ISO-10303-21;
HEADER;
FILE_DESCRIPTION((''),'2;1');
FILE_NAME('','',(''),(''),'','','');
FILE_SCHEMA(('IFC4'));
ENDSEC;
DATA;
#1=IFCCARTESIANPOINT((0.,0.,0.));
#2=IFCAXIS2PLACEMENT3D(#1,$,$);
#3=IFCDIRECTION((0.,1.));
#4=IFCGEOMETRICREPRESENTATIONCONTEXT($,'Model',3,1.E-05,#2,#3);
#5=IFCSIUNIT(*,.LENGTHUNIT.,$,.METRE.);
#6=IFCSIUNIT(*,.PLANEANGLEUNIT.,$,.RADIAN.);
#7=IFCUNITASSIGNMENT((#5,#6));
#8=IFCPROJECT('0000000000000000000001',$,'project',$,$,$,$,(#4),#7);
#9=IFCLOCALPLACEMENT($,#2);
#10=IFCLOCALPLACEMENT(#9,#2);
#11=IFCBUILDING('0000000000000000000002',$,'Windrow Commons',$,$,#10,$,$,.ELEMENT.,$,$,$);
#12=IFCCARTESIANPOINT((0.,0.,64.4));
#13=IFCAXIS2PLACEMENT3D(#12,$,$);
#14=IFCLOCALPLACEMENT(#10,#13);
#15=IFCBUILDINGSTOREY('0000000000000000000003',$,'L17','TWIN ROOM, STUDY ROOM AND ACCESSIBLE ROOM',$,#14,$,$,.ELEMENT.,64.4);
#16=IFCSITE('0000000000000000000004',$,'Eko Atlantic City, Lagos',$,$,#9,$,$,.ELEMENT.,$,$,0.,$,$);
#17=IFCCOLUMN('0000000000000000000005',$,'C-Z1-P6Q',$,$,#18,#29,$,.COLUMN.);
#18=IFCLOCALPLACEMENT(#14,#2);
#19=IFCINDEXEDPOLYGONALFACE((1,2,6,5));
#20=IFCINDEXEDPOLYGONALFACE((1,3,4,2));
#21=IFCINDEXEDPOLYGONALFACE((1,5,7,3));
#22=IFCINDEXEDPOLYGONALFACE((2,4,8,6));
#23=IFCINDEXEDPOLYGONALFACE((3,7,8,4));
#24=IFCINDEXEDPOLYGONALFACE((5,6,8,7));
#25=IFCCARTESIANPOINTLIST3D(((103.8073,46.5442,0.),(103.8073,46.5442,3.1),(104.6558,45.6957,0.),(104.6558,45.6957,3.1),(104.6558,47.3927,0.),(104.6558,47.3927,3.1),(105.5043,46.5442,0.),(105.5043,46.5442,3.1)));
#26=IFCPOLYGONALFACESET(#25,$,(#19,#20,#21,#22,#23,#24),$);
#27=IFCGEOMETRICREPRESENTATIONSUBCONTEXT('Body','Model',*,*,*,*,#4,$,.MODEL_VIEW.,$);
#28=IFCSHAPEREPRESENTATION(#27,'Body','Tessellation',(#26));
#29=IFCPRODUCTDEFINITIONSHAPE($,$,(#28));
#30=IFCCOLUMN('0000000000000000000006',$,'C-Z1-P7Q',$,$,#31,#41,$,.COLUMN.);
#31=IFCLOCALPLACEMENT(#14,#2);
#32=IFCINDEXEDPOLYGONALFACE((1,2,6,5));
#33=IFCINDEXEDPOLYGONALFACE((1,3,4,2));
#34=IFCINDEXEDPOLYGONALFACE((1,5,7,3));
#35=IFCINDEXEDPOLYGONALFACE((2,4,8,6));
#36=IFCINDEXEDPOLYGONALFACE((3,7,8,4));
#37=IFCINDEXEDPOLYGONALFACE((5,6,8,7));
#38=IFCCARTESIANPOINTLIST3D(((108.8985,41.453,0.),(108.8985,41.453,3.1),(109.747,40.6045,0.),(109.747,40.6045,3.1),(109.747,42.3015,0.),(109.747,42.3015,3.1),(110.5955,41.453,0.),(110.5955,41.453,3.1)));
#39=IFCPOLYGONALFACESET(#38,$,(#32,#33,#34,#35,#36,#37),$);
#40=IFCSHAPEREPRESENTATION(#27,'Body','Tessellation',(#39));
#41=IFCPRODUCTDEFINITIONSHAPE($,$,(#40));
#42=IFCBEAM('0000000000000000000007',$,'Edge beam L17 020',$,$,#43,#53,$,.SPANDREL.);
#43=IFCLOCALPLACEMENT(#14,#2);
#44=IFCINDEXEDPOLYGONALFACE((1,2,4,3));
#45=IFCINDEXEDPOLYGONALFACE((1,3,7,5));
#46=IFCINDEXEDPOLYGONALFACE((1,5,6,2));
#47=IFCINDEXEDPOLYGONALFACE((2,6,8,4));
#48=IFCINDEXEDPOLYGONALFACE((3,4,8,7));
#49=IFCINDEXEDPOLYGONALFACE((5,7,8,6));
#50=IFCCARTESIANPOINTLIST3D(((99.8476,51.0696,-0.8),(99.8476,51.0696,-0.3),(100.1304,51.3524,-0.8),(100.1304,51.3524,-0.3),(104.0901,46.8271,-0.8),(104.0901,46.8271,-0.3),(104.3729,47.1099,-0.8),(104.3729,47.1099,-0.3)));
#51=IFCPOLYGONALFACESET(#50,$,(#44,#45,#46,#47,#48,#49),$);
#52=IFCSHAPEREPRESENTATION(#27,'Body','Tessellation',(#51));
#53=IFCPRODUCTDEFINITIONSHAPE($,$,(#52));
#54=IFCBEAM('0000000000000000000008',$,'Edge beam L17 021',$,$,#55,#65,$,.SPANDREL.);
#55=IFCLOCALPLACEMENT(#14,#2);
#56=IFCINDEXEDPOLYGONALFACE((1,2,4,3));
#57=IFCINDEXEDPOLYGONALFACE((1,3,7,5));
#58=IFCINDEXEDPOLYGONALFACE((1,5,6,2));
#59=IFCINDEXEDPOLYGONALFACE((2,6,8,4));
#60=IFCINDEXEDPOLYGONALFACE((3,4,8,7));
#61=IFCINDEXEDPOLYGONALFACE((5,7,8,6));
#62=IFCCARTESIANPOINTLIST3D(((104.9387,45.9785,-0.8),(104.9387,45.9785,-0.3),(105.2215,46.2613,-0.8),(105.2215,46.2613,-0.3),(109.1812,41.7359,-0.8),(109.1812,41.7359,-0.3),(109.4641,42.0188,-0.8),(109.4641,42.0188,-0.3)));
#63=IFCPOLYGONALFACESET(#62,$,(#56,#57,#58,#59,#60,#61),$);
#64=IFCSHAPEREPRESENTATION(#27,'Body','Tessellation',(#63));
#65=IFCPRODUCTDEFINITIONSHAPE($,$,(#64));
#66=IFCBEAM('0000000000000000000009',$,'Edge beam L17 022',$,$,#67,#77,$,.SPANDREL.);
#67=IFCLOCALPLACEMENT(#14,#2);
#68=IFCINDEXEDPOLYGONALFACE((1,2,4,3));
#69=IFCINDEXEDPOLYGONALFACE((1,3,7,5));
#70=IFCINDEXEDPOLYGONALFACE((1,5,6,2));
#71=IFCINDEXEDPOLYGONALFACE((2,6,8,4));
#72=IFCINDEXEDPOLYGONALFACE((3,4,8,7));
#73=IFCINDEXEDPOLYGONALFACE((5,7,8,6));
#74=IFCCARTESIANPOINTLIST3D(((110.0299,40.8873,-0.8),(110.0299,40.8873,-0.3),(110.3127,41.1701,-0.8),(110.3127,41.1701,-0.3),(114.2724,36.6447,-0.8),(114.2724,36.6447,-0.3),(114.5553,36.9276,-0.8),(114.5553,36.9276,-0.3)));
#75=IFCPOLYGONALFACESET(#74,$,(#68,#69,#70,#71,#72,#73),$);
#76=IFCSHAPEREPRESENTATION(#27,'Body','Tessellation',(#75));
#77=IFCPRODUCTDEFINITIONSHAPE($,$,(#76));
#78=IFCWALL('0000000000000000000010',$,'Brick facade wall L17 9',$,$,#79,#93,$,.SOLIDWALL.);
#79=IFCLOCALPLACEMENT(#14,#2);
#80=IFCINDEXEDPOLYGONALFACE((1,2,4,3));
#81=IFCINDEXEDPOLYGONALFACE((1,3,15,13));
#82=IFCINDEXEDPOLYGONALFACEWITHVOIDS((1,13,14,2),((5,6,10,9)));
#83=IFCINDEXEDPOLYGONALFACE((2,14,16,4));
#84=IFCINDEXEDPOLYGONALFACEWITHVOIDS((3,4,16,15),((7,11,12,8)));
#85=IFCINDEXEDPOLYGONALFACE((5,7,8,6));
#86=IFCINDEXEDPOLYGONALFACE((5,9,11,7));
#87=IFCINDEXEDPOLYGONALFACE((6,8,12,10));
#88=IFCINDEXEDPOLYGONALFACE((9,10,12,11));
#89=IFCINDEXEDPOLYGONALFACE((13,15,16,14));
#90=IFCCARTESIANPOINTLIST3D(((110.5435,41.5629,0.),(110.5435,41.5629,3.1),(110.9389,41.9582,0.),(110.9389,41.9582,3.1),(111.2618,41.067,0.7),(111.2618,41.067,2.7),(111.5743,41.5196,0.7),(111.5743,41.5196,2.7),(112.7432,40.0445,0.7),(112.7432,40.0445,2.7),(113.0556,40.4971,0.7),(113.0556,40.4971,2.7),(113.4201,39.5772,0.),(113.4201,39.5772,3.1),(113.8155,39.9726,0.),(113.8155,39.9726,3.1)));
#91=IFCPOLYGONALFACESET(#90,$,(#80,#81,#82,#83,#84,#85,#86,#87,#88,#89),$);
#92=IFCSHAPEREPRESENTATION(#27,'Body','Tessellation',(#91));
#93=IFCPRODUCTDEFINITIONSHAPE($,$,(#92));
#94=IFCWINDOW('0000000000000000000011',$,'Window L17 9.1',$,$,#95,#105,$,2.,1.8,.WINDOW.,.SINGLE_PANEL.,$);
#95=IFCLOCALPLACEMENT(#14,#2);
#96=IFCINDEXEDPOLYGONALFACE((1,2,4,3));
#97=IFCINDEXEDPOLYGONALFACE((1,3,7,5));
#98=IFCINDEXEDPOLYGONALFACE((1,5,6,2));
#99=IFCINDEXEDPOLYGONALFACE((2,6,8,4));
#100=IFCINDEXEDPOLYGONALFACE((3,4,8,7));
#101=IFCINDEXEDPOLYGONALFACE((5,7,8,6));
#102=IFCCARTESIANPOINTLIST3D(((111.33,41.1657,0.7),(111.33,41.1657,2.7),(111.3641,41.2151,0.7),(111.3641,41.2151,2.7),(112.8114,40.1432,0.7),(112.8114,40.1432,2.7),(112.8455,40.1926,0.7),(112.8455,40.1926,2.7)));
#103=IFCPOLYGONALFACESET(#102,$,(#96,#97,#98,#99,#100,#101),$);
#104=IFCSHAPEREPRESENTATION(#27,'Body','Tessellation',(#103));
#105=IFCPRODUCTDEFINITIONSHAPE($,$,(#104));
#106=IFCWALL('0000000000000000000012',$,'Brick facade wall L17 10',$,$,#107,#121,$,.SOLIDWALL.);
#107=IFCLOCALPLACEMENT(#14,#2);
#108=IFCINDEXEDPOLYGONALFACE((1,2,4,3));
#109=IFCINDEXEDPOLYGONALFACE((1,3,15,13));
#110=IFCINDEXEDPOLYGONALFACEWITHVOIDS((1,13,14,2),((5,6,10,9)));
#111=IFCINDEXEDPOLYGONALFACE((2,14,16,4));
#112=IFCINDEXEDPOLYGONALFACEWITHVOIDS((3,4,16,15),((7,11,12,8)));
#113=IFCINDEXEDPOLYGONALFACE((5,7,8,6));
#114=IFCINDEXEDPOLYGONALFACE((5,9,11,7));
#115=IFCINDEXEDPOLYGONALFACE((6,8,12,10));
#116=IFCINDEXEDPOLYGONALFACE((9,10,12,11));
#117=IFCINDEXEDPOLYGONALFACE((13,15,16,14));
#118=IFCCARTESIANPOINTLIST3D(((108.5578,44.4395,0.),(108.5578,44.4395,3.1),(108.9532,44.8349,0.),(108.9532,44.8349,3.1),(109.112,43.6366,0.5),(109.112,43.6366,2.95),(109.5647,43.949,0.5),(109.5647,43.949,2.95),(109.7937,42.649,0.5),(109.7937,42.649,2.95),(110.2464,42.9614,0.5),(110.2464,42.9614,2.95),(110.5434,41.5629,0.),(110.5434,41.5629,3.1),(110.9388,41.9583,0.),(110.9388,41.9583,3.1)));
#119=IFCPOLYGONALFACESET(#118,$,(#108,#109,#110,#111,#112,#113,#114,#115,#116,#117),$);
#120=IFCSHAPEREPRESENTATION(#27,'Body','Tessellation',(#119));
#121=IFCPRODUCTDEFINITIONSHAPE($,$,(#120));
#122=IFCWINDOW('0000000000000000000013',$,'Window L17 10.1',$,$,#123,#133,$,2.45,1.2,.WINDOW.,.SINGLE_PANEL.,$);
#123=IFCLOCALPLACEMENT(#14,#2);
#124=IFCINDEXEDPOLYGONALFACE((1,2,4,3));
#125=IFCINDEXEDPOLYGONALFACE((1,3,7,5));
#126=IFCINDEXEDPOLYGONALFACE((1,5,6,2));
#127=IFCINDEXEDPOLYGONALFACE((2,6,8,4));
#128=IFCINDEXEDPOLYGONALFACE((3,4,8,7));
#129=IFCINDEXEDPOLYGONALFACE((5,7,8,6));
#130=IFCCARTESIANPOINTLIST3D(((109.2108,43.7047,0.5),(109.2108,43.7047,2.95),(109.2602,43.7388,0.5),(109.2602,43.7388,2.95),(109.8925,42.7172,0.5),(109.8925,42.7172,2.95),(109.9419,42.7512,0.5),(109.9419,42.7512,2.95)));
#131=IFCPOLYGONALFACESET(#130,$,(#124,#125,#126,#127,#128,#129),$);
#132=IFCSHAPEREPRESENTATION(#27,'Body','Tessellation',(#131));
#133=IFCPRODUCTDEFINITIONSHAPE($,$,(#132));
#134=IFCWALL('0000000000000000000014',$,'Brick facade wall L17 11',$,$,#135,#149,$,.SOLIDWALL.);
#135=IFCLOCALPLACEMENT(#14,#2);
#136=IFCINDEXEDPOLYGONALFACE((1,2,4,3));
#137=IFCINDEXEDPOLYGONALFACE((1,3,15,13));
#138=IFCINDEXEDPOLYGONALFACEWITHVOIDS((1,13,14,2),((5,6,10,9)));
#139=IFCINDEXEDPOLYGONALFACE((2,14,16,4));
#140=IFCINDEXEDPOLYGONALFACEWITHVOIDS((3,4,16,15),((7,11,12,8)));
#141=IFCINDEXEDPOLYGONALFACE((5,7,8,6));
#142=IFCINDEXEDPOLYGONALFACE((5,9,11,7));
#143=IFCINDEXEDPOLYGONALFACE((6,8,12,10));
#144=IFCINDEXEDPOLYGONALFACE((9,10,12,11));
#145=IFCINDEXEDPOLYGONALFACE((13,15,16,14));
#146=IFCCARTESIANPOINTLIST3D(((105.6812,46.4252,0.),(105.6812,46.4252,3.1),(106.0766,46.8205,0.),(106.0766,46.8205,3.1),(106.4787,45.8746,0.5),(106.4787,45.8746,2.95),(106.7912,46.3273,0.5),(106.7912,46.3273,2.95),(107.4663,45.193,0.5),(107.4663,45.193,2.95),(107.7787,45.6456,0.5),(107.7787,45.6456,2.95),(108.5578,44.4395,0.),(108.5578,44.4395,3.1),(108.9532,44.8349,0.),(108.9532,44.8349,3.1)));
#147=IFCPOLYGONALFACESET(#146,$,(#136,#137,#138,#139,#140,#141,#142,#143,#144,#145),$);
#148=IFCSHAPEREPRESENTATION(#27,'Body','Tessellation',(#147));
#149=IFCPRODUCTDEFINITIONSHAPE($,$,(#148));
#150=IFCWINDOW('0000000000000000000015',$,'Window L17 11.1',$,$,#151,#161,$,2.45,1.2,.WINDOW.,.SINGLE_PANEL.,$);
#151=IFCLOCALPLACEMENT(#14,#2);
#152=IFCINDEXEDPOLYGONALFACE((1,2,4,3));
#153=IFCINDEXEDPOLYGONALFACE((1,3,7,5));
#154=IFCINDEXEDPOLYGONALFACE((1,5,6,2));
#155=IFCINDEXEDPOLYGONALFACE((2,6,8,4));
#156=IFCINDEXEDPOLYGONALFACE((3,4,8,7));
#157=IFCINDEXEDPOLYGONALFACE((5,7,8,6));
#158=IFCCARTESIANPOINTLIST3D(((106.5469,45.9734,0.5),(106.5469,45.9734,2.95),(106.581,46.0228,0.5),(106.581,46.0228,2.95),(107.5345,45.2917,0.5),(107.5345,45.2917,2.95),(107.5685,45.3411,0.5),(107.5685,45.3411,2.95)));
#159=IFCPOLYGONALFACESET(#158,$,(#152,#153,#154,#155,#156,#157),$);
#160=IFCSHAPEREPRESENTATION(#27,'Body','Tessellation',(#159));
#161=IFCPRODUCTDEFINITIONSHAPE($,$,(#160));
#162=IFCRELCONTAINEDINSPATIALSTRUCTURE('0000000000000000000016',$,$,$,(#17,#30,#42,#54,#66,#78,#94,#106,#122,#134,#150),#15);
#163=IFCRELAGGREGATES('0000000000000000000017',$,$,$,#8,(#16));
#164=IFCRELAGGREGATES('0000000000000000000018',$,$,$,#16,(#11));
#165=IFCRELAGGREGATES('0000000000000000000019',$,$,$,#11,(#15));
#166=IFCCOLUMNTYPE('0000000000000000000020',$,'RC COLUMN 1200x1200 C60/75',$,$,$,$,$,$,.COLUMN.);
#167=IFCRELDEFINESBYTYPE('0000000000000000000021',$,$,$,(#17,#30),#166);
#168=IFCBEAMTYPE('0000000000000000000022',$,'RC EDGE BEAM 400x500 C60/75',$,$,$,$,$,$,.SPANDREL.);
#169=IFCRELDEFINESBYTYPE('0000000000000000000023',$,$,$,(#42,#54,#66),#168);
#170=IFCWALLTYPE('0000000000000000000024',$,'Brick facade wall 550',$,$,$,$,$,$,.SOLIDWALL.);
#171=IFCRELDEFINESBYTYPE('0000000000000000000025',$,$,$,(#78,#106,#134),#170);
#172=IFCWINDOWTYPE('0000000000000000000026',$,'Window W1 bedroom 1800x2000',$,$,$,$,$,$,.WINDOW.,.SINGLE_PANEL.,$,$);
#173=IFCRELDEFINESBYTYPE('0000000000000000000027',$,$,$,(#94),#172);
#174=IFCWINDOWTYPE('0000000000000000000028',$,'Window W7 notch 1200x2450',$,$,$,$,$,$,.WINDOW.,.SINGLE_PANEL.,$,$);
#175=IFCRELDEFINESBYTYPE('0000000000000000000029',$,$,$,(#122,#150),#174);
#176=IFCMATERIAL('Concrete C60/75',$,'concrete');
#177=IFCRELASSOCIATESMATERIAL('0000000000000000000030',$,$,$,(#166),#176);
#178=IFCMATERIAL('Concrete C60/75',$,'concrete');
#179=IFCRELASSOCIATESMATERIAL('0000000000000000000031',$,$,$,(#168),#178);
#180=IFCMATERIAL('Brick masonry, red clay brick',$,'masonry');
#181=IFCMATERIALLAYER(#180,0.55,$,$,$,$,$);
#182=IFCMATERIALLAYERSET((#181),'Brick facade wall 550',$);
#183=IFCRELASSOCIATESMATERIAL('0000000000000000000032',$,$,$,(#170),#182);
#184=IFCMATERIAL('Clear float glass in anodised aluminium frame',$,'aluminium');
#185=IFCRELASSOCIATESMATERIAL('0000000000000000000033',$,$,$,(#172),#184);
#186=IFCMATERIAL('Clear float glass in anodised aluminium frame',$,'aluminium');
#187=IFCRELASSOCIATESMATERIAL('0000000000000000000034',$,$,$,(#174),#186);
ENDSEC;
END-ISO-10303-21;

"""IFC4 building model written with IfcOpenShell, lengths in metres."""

from ifc_helpers import new_model, si_unit, direction, frame, frame_2d, origin, origin_2d, place, context, subcontext, project, spatial, polyline, rectangle, outline, extrude, material, layer, layer_set, material_profile, profile_set, type_object, element, fill, save


model = new_model("IFC4")

# Units and contexts
model_context = context("Model", 3, precision=1e-05, world=origin(), true_north=direction((0.0, 1.0)))
body_context = subcontext(model_context, "Body", "Model", "MODEL_VIEW")
ifc_project = project(units=[si_unit("LENGTHUNIT", "METRE"), si_unit("PLANEANGLEUNIT", "RADIAN")], contexts=[model_context])

# Site, building, storey
site_placement = place(None, origin())
site = spatial("IfcSite", under=ifc_project, at=site_placement, Name="Eko Atlantic City, Lagos", CompositionType="ELEMENT", RefElevation=0.0)
building_placement = place(site_placement, origin())
building = spatial("IfcBuilding", under=site, at=building_placement, Name="Windrow Commons", CompositionType="ELEMENT")
storey_placement = place(building_placement, frame((0.0, 0.0, 64.4)))
storey = spatial("IfcBuildingStorey", under=building, at=storey_placement, Name="L17", Description="TWIN ROOM, STUDY ROOM AND ACCESSIBLE ROOM", CompositionType="ELEMENT", Elevation=64.4)

# Columns
ifc_material_1 = material(Name="Concrete C60/75", Category="concrete")
ifc_material_profile_1 = material_profile(ifc_material_1, rectangle(XDim=1.2, YDim=1.2, at=origin_2d()))
ifc_profile_set_1 = profile_set([ifc_material_profile_1], Name="Concrete C60/75")
column_type = type_object("IfcColumnType", Name="RC COLUMN 1200x1200 C60/75", PredefinedType="COLUMN", material=ifc_profile_set_1)
for number, where, z_axis, x_axis, name in (
    (1, (104.6558, 46.5442, 0.0), (0.0, 0.0, 1.0), (0.707107, -0.707107, 0.0), "C-Z1-P6Q"),
    (2, (109.747, 41.453, 0.0), (0.0, 0.0, 1.0), (0.707107, -0.707107, 0.0), "C-Z1-P7Q"),
):
    element("IfcColumn", number, at=place(storey_placement, frame(where, z_axis=z_axis, x_axis=x_axis)), inside=storey, type_object=column_type, Name=name, PredefinedType="COLUMN", context=body_context, shape_type="SweptSolid", body=[
        extrude(rectangle(XDim=1.2, YDim=1.2, at=origin_2d()), origin(), (0.0, 0.0, 1.0), 3.1),
    ])

# Beams
ifc_material_2 = material(Name="Concrete C60/75", Category="concrete")
ifc_material_profile_2 = material_profile(ifc_material_2, rectangle(XDim=0.4, YDim=0.5, at=origin_2d()))
ifc_profile_set_2 = profile_set([ifc_material_profile_2], Name="Concrete C60/75")
beam_type = type_object("IfcBeamType", Name="RC EDGE BEAM 400x500 C60/75", PredefinedType="SPANDREL", material=ifc_profile_set_2)
beam_placement = place(storey_placement, frame((99.989, 51.211, -0.55), z_axis=(0.707107, -0.707107, 0.0), x_axis=(0.707107, 0.707107, 0.0)))
element("IfcBeam", 3, at=beam_placement, inside=storey, type_object=beam_type, Name="Edge beam L17 020", PredefinedType="SPANDREL", context=body_context, shape_type="SweptSolid", body=[
    extrude(rectangle(XDim=0.4, YDim=0.5, at=origin_2d()), origin(), (0.0, 0.0, 1.0), 5.9998),
])
for number, where, z_axis, x_axis, name in (
    (4, (105.0801, 46.1199, -0.55), (0.707107, -0.707107, 0.0), (0.707107, 0.707107, 0.0), "Edge beam L17 021"),
    (5, (110.1713, 41.0287, -0.55), (0.707107, -0.707107, 0.0), (0.707107, 0.707107, 0.0), "Edge beam L17 022"),
):
    element("IfcBeam", number, at=place(storey_placement, frame(where, z_axis=z_axis, x_axis=x_axis)), inside=storey, type_object=beam_type, Name=name, PredefinedType="SPANDREL", context=body_context, shape_type="SweptSolid", body=[
        extrude(rectangle(XDim=0.4, YDim=0.5, at=origin_2d()), origin(), (0.0, 0.0, 1.0), 5.9999),
    ])

# Walls, openings, windows
ifc_material_3 = material(Name="Brick masonry, red clay brick", Category="masonry")
ifc_layer_1 = layer(ifc_material_3, 0.55)
ifc_layer_set_1 = layer_set([ifc_layer_1], Name="Brick facade wall 550")
wall_type_1 = type_object("IfcWallType", Name="Brick facade wall 550", PredefinedType="SOLIDWALL", material=ifc_layer_set_1)
wall_1_placement = place(storey_placement, frame((113.6178, 39.7749, 0.0), z_axis=(0.0, 0.0, 1.0), x_axis=(-0.822976, 0.568076, 0.0)))
wall_1 = element("IfcWall", 6, at=wall_1_placement, inside=storey, type_object=wall_type_1, Name="Brick facade wall L17 9", PredefinedType="SOLIDWALL", context=body_context, shape_type="SweptSolid", body=[
    extrude(outline(polyline([(-0.0504, -0.275), (3.445, -0.275), (3.5458, 0.275), (0.0504, 0.275), (-0.0504, -0.275)])), origin(), (0.0, 0.0, 1.0), 3.1),
])
opening_1_placement = place(wall_1_placement, frame((0.8729, 0.0, 0.7)))
opening_1 = element("IfcOpeningElement", 7, at=opening_1_placement, cuts=wall_1, PredefinedType="OPENING", context=body_context, shape_type="SweptSolid", body=[
    extrude(rectangle(XDim=1.8, YDim=2.0, at=frame_2d((0.9, 1.0))), frame((0.0, 0.285, 0.0), z_axis=(0.0, -1.0, 0.0), x_axis=(1.0, 0.0, 0.0)), (0.0, 0.0, 1.0), 0.57),
])
ifc_material_4 = material(Name="Clear float glass in anodised aluminium frame", Category="aluminium")
window_type_1 = type_object("IfcWindowType", Name="Window W1 bedroom 1800x2000", PartitioningType="SINGLE_PANEL", PredefinedType="WINDOW", material=ifc_material_4)
window_1_placement = place(opening_1_placement, origin())
window_1 = element("IfcWindow", 8, at=window_1_placement, inside=storey, type_object=window_type_1, Name="Window L17 9.1", OverallHeight=2.0, OverallWidth=1.8, PartitioningType="SINGLE_PANEL", PredefinedType="WINDOW", context=body_context, shape_type="SweptSolid", body=[
    extrude(rectangle(XDim=1.8, YDim=2.0, at=frame_2d((0.9, 1.0))), frame((0.0, 0.155, 0.0), z_axis=(0.0, -1.0, 0.0), x_axis=(1.0, 0.0, 0.0)), (0.0, 0.0, 1.0), 0.06),
])
fill(opening_1, window_1)
wall_2_placement = place(storey_placement, frame((110.7411, 41.7606, 0.0), z_axis=(0.0, 0.0, 1.0), x_axis=(-0.56807, 0.82298, 0.0)))
wall_2 = element("IfcWall", 9, at=wall_2_placement, inside=storey, type_object=wall_type_1, Name="Brick facade wall L17 10", PredefinedType="SOLIDWALL", context=body_context, shape_type="SweptSolid", body=[
    extrude(outline(polyline([(0.0504, -0.275), (3.5458, -0.275), (3.445, 0.275), (-0.0504, 0.275), (0.0504, -0.275)])), origin(), (0.0, 0.0, 1.0), 3.1),
])
opening_2_placement = place(wall_2_placement, frame((1.2693, 0.0, 0.5)))
opening_2 = element("IfcOpeningElement", 10, at=opening_2_placement, cuts=wall_2, PredefinedType="OPENING", context=body_context, shape_type="SweptSolid", body=[
    extrude(rectangle(XDim=1.2, YDim=2.45, at=frame_2d((0.6, 1.225))), frame((0.0, 0.285, 0.0), z_axis=(0.0, -1.0, 0.0), x_axis=(1.0, 0.0, 0.0)), (0.0, 0.0, 1.0), 0.57),
])
ifc_material_5 = material(Name="Clear float glass in anodised aluminium frame", Category="aluminium")
window_type_2 = type_object("IfcWindowType", Name="Window W7 notch 1200x2450", PartitioningType="SINGLE_PANEL", PredefinedType="WINDOW", material=ifc_material_5)
window_2_placement = place(opening_2_placement, origin())
window_2 = element("IfcWindow", 11, at=window_2_placement, inside=storey, type_object=window_type_2, Name="Window L17 10.1", OverallHeight=2.45, OverallWidth=1.2, PartitioningType="SINGLE_PANEL", PredefinedType="WINDOW", context=body_context, shape_type="SweptSolid", body=[
    extrude(rectangle(XDim=1.2, YDim=2.45, at=frame_2d((0.6, 1.225))), frame((0.0, 0.155, 0.0), z_axis=(0.0, -1.0, 0.0), x_axis=(1.0, 0.0, 0.0)), (0.0, 0.0, 1.0), 0.06),
])
fill(opening_2, window_2)
wall_3_placement = place(storey_placement, frame((108.7555, 44.6372, 0.0), z_axis=(0.0, 0.0, 1.0), x_axis=(-0.822976, 0.568076, 0.0)))
wall_3 = element("IfcWall", 12, at=wall_3_placement, inside=storey, type_object=wall_type_1, Name="Brick facade wall L17 11", PredefinedType="SOLIDWALL", context=body_context, shape_type="SweptSolid", body=[
    extrude(outline(polyline([(-0.0504, -0.275), (3.445, -0.275), (3.5458, 0.275), (0.0504, 0.275), (-0.0504, -0.275)])), origin(), (0.0, 0.0, 1.0), 3.1),
])
opening_3_placement = place(wall_3_placement, frame((1.3767, 0.0, 0.5)))
opening_3 = element("IfcOpeningElement", 13, at=opening_3_placement, cuts=wall_3, PredefinedType="OPENING", context=body_context, shape_type="SweptSolid", body=[
    extrude(rectangle(XDim=1.2, YDim=2.45, at=frame_2d((0.6, 1.225))), frame((0.0, 0.285, 0.0), z_axis=(0.0, -1.0, 0.0), x_axis=(1.0, 0.0, 0.0)), (0.0, 0.0, 1.0), 0.57),
])
window_3_placement = place(opening_3_placement, origin())
window_3 = element("IfcWindow", 14, at=window_3_placement, inside=storey, type_object=window_type_2, Name="Window L17 11.1", OverallHeight=2.45, OverallWidth=1.2, PartitioningType="SINGLE_PANEL", PredefinedType="WINDOW", context=body_context, shape_type="SweptSolid", body=[
    extrude(rectangle(XDim=1.2, YDim=2.45, at=frame_2d((0.6, 1.225))), frame((0.0, 0.155, 0.0), z_axis=(0.0, -1.0, 0.0), x_axis=(1.0, 0.0, 0.0)), (0.0, 0.0, 1.0), 0.06),
])
fill(opening_3, window_3)

save(model, "model.ifc")
